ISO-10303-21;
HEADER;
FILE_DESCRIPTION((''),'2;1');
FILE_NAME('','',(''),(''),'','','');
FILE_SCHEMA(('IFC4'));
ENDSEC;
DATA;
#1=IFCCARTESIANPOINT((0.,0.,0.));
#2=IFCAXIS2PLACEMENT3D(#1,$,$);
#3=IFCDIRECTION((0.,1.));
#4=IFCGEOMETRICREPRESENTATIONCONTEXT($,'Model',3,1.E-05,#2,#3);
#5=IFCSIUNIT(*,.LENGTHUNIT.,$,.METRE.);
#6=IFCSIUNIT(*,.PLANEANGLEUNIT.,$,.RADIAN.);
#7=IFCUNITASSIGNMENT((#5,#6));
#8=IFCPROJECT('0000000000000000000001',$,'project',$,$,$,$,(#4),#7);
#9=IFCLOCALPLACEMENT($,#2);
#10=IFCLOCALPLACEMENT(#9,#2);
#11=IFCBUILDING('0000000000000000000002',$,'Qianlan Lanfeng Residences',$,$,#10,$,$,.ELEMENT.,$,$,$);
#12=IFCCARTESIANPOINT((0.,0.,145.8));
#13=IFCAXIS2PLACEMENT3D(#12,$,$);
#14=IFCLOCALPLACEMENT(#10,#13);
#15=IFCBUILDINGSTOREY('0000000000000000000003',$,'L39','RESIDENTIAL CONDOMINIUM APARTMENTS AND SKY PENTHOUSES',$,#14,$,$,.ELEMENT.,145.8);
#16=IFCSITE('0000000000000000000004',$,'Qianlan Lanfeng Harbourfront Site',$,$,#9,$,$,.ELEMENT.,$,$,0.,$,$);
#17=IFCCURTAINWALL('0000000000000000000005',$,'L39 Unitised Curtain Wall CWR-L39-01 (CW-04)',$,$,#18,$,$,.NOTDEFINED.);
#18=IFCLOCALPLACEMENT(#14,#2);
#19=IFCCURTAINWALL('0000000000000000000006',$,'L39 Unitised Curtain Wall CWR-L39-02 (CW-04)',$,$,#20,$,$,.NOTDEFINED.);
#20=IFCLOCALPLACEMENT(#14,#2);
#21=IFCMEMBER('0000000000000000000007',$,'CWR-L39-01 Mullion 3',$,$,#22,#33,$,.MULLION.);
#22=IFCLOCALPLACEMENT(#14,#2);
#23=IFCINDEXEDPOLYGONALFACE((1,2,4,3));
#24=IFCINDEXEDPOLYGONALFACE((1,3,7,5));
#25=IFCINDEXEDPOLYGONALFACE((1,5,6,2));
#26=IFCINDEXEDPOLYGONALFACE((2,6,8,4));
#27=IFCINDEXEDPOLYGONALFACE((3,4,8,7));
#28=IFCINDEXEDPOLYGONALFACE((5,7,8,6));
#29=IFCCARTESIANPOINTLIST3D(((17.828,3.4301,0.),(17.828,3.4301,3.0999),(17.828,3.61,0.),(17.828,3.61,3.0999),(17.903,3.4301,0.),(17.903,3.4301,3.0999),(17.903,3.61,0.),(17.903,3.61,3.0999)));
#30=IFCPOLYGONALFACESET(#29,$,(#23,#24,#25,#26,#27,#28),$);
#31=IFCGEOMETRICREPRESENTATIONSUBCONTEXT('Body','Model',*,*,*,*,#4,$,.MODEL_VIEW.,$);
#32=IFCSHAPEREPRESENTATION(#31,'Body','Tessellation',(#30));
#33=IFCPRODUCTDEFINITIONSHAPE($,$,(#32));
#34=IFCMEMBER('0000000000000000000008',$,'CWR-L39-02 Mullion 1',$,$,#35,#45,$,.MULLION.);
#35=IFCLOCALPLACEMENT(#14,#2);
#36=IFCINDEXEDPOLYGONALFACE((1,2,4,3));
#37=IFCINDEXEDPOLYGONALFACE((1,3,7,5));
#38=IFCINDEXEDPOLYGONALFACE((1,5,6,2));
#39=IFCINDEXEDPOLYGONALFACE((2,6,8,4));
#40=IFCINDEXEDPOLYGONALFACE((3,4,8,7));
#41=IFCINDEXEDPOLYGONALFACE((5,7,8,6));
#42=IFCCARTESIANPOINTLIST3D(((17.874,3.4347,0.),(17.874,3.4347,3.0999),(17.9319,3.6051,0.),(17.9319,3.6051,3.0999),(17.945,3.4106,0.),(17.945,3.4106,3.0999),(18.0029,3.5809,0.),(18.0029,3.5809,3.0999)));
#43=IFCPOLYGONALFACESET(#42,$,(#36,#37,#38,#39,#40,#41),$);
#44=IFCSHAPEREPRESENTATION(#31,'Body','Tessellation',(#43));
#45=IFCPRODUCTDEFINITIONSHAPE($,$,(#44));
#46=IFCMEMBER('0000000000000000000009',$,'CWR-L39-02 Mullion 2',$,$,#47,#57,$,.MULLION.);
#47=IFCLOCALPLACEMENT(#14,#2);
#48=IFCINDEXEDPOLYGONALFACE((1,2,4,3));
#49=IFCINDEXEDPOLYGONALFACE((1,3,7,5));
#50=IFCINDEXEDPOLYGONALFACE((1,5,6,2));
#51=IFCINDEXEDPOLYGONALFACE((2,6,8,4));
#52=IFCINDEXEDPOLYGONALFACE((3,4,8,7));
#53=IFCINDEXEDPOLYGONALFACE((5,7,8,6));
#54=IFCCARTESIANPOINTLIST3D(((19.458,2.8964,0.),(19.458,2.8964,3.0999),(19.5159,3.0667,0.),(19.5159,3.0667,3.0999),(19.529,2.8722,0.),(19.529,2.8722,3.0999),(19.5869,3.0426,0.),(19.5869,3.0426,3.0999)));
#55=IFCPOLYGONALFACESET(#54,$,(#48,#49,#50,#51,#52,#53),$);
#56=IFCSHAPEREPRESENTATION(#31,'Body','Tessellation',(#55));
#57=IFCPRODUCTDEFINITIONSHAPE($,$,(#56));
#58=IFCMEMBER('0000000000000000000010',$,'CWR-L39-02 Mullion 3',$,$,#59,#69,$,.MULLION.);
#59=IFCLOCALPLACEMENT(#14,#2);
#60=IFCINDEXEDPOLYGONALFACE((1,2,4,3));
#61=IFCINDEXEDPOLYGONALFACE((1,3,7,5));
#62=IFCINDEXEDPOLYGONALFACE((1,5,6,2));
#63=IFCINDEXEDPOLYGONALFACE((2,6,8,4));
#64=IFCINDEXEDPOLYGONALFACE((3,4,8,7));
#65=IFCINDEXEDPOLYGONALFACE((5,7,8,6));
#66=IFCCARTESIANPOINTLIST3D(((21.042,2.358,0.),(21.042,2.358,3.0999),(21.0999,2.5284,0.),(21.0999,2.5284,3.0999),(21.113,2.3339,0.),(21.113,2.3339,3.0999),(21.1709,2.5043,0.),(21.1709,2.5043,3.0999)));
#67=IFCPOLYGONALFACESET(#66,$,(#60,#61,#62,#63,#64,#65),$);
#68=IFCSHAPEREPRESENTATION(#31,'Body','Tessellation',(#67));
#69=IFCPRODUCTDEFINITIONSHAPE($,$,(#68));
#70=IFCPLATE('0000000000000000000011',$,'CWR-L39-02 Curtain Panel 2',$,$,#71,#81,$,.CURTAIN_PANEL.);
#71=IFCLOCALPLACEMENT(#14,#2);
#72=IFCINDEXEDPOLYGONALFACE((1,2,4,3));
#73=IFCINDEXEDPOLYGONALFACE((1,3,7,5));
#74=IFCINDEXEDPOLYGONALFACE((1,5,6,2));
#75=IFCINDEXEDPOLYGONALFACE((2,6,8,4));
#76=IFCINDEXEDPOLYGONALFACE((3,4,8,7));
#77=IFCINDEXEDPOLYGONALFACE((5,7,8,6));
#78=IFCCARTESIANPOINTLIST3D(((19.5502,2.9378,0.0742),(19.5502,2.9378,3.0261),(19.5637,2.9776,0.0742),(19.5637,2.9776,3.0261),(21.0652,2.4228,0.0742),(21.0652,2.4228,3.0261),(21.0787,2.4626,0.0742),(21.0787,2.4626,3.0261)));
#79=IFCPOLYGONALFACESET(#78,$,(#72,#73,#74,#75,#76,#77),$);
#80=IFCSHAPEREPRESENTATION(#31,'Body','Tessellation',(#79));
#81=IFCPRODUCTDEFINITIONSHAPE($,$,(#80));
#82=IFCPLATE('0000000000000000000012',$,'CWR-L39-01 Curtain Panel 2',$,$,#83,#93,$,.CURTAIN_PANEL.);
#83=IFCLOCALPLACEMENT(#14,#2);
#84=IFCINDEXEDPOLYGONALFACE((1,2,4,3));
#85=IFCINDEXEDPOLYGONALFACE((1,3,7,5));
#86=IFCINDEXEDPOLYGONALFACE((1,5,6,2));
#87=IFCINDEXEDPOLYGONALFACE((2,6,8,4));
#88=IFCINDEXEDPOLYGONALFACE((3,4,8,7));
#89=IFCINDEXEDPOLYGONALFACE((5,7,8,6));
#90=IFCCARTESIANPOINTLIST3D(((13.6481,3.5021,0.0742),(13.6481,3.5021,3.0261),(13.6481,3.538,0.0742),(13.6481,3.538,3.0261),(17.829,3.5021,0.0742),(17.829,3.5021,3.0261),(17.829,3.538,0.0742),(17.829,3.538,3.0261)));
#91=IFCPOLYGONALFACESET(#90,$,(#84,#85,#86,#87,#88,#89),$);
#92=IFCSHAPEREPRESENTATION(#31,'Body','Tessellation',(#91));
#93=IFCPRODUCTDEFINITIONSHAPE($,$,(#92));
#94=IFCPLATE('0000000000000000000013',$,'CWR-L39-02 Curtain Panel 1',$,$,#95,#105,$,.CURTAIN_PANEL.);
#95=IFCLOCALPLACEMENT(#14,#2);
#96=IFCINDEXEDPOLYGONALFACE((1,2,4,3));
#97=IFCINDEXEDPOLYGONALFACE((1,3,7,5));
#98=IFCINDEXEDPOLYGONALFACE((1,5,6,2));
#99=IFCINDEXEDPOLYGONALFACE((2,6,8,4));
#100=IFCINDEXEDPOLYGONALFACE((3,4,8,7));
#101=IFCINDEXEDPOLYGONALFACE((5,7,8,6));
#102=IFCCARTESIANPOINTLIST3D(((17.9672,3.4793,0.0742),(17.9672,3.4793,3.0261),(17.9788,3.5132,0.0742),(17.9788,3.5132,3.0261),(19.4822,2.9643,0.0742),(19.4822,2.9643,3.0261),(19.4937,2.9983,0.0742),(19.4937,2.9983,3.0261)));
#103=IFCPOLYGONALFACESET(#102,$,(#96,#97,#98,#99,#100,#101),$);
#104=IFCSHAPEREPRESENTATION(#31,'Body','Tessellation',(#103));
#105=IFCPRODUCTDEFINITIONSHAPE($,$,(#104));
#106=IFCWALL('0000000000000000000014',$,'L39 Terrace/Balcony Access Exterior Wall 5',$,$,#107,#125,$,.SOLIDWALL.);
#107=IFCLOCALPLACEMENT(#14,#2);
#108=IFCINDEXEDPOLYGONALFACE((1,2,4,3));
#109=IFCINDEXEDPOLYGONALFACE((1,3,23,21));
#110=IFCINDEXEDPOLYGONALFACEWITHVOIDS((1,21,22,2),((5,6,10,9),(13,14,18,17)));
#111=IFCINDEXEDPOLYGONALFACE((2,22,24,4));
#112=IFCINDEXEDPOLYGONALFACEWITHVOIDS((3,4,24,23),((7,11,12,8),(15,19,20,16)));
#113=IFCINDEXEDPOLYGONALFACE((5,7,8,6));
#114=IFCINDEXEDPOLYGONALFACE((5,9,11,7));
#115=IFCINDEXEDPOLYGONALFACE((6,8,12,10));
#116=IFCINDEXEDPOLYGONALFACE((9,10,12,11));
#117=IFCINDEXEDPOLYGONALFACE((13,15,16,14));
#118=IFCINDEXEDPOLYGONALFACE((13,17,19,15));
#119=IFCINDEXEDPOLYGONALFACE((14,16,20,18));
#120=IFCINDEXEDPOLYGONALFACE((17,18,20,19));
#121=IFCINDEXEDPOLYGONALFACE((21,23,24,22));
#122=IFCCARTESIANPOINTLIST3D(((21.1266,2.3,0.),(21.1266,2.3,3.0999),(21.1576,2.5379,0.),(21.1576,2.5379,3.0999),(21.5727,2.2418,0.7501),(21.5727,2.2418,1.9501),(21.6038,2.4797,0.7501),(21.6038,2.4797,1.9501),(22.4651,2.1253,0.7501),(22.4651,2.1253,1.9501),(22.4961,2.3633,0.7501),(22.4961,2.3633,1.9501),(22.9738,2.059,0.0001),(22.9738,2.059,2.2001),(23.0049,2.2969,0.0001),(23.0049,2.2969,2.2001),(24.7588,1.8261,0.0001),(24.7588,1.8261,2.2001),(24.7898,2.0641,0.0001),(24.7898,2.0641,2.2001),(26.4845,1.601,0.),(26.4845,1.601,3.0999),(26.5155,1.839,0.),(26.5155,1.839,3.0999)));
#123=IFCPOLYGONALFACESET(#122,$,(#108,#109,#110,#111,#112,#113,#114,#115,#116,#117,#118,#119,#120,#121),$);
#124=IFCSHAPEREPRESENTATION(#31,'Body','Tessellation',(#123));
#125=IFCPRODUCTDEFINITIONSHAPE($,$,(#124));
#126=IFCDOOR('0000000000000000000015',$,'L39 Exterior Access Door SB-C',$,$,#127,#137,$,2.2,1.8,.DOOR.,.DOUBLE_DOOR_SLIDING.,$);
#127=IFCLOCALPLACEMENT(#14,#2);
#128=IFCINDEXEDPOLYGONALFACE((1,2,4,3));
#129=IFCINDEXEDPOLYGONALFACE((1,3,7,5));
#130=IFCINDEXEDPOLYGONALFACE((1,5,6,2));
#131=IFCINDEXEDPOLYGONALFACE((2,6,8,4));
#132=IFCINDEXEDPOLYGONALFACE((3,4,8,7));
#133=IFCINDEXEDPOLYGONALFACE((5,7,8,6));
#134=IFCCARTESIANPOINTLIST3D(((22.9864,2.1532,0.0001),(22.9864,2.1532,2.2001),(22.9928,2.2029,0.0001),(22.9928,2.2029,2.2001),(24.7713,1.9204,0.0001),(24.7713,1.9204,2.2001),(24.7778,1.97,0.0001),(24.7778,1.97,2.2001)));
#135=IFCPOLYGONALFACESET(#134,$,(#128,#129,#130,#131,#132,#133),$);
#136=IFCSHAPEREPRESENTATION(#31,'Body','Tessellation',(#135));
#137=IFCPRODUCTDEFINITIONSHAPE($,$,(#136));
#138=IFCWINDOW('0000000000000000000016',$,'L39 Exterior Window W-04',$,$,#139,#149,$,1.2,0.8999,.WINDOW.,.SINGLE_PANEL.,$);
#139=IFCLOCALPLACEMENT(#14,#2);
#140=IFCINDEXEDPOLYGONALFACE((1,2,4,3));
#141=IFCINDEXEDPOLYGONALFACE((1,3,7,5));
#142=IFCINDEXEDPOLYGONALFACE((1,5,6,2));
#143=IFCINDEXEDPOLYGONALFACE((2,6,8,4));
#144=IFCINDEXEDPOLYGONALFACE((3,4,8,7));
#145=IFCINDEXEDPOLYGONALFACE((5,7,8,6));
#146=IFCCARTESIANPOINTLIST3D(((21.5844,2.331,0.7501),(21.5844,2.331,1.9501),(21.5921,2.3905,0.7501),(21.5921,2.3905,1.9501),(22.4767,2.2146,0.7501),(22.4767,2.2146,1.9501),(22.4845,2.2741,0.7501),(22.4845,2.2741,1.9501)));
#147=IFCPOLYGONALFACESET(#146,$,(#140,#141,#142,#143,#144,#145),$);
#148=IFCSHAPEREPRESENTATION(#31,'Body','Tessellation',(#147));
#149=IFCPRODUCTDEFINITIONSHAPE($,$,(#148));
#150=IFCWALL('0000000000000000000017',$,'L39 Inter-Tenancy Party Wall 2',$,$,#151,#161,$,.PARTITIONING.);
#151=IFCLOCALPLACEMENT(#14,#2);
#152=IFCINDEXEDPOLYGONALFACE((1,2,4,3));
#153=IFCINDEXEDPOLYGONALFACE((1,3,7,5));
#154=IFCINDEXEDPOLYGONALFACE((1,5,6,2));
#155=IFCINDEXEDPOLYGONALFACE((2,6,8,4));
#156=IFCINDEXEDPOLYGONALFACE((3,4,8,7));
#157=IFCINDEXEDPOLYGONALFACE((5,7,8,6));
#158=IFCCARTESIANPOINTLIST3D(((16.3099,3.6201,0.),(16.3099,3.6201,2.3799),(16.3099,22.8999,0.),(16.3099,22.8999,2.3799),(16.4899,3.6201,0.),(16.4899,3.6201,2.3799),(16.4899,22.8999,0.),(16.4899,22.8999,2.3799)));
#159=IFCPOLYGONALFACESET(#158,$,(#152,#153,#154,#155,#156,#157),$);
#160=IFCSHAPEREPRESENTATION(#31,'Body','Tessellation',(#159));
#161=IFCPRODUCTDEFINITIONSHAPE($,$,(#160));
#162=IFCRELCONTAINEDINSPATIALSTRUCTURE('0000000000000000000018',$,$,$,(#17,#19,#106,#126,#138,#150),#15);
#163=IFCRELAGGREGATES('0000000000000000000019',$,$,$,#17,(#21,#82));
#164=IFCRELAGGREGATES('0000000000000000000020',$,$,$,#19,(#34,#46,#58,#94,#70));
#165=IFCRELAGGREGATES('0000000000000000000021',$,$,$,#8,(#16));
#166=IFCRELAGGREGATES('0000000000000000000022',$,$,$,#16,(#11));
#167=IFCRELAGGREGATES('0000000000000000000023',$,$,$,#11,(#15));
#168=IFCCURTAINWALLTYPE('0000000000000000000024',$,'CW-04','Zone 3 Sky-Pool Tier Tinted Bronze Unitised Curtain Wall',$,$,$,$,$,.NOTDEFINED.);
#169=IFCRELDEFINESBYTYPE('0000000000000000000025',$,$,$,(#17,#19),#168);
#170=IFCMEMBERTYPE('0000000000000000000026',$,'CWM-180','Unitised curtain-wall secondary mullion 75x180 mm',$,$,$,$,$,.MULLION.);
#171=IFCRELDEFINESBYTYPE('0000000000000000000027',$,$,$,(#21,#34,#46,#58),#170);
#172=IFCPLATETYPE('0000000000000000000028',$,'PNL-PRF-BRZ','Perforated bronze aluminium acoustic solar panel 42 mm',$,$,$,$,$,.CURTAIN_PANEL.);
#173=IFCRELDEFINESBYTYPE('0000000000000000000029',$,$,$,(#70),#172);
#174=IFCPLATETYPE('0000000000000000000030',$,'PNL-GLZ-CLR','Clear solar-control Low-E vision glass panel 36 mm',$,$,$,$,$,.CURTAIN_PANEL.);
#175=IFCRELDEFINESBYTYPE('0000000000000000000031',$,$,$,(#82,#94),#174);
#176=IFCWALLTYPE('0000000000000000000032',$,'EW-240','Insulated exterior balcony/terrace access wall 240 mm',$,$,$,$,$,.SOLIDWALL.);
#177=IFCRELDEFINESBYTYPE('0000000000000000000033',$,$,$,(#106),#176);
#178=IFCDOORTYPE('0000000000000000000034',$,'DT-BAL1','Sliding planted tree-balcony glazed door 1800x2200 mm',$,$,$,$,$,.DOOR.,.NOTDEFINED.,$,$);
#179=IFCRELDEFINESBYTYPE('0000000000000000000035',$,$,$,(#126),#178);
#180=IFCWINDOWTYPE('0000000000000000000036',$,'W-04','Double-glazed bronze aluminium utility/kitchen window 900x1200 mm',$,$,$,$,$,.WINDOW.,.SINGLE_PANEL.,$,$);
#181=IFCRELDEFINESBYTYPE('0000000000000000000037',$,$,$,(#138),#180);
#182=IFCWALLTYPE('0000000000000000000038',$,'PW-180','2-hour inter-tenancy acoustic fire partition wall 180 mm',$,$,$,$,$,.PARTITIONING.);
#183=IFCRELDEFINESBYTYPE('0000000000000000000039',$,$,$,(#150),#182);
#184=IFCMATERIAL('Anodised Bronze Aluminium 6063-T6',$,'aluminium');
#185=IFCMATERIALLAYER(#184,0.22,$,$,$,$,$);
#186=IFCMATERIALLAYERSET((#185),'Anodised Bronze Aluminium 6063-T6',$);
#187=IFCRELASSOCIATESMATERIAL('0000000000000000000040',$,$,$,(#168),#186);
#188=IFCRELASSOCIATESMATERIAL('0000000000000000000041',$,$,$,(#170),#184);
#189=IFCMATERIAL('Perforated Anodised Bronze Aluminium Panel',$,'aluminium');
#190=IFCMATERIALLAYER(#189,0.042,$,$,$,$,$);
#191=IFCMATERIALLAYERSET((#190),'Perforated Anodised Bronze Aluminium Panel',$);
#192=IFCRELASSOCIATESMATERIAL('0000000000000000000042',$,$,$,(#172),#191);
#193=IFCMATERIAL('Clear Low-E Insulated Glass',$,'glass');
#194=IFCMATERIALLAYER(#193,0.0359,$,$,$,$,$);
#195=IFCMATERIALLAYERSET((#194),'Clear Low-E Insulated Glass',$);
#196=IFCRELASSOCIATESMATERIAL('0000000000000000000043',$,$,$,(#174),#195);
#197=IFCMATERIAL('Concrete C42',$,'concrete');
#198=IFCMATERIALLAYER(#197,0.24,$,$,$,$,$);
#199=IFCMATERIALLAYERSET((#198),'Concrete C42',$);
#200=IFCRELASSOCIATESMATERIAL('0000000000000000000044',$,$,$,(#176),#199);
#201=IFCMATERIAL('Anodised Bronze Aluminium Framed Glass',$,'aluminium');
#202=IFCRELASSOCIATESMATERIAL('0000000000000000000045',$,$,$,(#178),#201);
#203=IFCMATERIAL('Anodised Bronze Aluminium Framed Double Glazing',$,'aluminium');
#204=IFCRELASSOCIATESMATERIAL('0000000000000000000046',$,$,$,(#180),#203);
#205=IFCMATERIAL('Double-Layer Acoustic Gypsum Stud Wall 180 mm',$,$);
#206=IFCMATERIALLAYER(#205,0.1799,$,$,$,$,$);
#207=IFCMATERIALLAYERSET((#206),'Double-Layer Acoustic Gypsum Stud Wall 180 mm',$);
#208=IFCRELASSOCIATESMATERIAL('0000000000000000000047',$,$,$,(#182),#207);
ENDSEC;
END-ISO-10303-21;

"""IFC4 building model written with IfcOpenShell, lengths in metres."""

from ifc_helpers import new_model, si_unit, direction, frame, frame_2d, origin, origin_2d, place, context, subcontext, project, spatial, rectangle, extrude, source, transform, mapped, material, layer, layer_set, material_profile, profile_set, type_object, element, fill, aggregate, save


model = new_model("IFC4")

# Units and contexts
model_context = context("Model", 3, precision=1e-05, world=origin(), true_north=direction((0.0, 1.0)))
body_context = subcontext(model_context, "Body", "Model", "MODEL_VIEW")
ifc_project = project(units=[si_unit("LENGTHUNIT", "METRE"), si_unit("PLANEANGLEUNIT", "RADIAN")], contexts=[model_context])

# Site, building, storey
site_placement = place(None, origin())
site = spatial("IfcSite", under=ifc_project, at=site_placement, Name="Qianlan Lanfeng Harbourfront Site", CompositionType="ELEMENT", RefElevation=0.0)
building_placement = place(site_placement, origin())
building = spatial("IfcBuilding", under=site, at=building_placement, Name="Qianlan Lanfeng Residences", CompositionType="ELEMENT")
storey_placement = place(building_placement, frame((0.0, 0.0, 145.8)))
storey = spatial("IfcBuildingStorey", under=building, at=storey_placement, Name="L39", Description="RESIDENTIAL CONDOMINIUM APARTMENTS AND SKY PENTHOUSES", CompositionType="ELEMENT", Elevation=145.8)

# Curtain wall
ifc_material_1 = material(Name="Anodised Bronze Aluminium 6063-T6", Category="aluminium")
ifc_layer_1 = layer(ifc_material_1, 0.22)
ifc_layer_set_1 = layer_set([ifc_layer_1], Name="Anodised Bronze Aluminium 6063-T6")
curtain_wall_type = type_object("IfcCurtainWallType", Name="CW-04", Description="Zone 3 Sky-Pool Tier Tinted Bronze Unitised Curtain Wall", PredefinedType="NOTDEFINED", material=ifc_layer_set_1)
curtain_wall_1_placement = place(storey_placement, origin())
curtain_wall_1 = element("IfcCurtainWall", 1, at=curtain_wall_1_placement, inside=storey, type_object=curtain_wall_type, Name="L39 Unitised Curtain Wall CWR-L39-01 (CW-04)", PredefinedType="NOTDEFINED")

# Curtain wall
curtain_wall_2_placement = place(storey_placement, origin())
curtain_wall_2 = element("IfcCurtainWall", 2, at=curtain_wall_2_placement, inside=storey, type_object=curtain_wall_type, Name="L39 Unitised Curtain Wall CWR-L39-02 (CW-04)", PredefinedType="NOTDEFINED")

# Members
ifc_material_profile_1 = material_profile(ifc_material_1, rectangle(XDim=0.075, YDim=0.1799, at=origin_2d()), Name="ALU MULLION 75x180")
ifc_profile_set_1 = profile_set([ifc_material_profile_1], Name="Anodised Bronze Aluminium 6063-T6")
member_type_1 = type_object("IfcMemberType", Name="CWM-180", Description="Unitised curtain-wall secondary mullion 75x180 mm", PredefinedType="MULLION", material=ifc_profile_set_1)
shared_shape_1 = source(origin(), body_context, "Body", "SweptSolid", [
    extrude(rectangle(XDim=0.075, YDim=0.1799, at=origin_2d()), origin(), (0.0, 0.0, 1.0), 3.0999),
])
member_1_placement = place(storey_placement, frame((17.8655, 3.52, 0.0), z_axis=(0.0, 0.0, 1.0), x_axis=(1.0, 0.0, 0.0)))
member_1 = element("IfcMember", 3, at=member_1_placement, type_object=member_type_1, Name="CWR-L39-01 Mullion 3", PredefinedType="MULLION", context=body_context, shape_type="MappedRepresentation", body=[
    mapped(shared_shape_1, transform((0.0, 0.0, 0.0), scale=1.0)),
])
member_2_placement = place(storey_placement, frame((17.9385, 3.5078, 0.0), z_axis=(0.0, 0.0, 1.0), x_axis=(0.946796, -0.321834, 0.0)))
member_2 = element("IfcMember", 4, at=member_2_placement, type_object=member_type_1, Name="CWR-L39-02 Mullion 1", PredefinedType="MULLION", context=body_context, shape_type="MappedRepresentation", body=[
    mapped(shared_shape_1, transform((0.0, 0.0, 0.0), scale=1.0)),
])
member_3_placement = place(storey_placement, frame((19.5225, 2.9695, 0.0), z_axis=(0.0, 0.0, 1.0), x_axis=(0.946796, -0.321834, 0.0)))
member_3 = element("IfcMember", 5, at=member_3_placement, type_object=member_type_1, Name="CWR-L39-02 Mullion 2", PredefinedType="MULLION", context=body_context, shape_type="MappedRepresentation", body=[
    mapped(shared_shape_1, transform((0.0, 0.0, 0.0), scale=1.0)),
])
member_4_placement = place(storey_placement, frame((21.1064, 2.4312, 0.0), z_axis=(0.0, 0.0, 1.0), x_axis=(0.946796, -0.321834, 0.0)))
member_4 = element("IfcMember", 6, at=member_4_placement, type_object=member_type_1, Name="CWR-L39-02 Mullion 3", PredefinedType="MULLION", context=body_context, shape_type="MappedRepresentation", body=[
    mapped(shared_shape_1, transform((0.0, 0.0, 0.0), scale=1.0)),
])

# Plates
ifc_material_2 = material(Name="Perforated Anodised Bronze Aluminium Panel", Category="aluminium")
ifc_layer_2 = layer(ifc_material_2, 0.042)
ifc_layer_set_2 = layer_set([ifc_layer_2], Name="Perforated Anodised Bronze Aluminium Panel")
plate_type_1 = type_object("IfcPlateType", Name="PNL-PRF-BRZ", Description="Perforated bronze aluminium acoustic solar panel 42 mm", PredefinedType="CURTAIN_PANEL", material=ifc_layer_set_2)
shared_shape_2 = source(origin(), body_context, "Body", "SweptSolid", [
    extrude(rectangle(XDim=1.6001, YDim=0.042, at=origin_2d()), origin(), (0.0, 0.0, 1.0), 2.9519),
])
plate_1_placement = place(storey_placement, frame((20.3145, 2.7002, 0.0742), z_axis=(0.0, 0.0, 1.0), x_axis=(0.946796, -0.321834, 0.0)))
plate_1 = element("IfcPlate", 7, at=plate_1_placement, type_object=plate_type_1, Name="CWR-L39-02 Curtain Panel 2", PredefinedType="CURTAIN_PANEL", context=body_context, shape_type="MappedRepresentation", body=[
    mapped(shared_shape_2, transform((0.0, 0.0, 0.0), scale=1.0)),
])
ifc_material_3 = material(Name="Clear Low-E Insulated Glass", Category="glass")
ifc_layer_3 = layer(ifc_material_3, 0.0359)
ifc_layer_set_3 = layer_set([ifc_layer_3], Name="Clear Low-E Insulated Glass")
plate_type_2 = type_object("IfcPlateType", Name="PNL-GLZ-CLR", Description="Clear solar-control Low-E vision glass panel 36 mm", PredefinedType="CURTAIN_PANEL", material=ifc_layer_set_3)
shared_shape_3 = source(origin(), body_context, "Body", "SweptSolid", [
    extrude(rectangle(XDim=4.1809, YDim=0.0359, at=origin_2d()), origin(), (0.0, 0.0, 1.0), 2.9519),
])
plate_2_placement = place(storey_placement, frame((15.7385, 3.52, 0.0742), z_axis=(0.0, 0.0, 1.0), x_axis=(1.0, 0.0, 0.0)))
plate_2 = element("IfcPlate", 8, at=plate_2_placement, type_object=plate_type_2, Name="CWR-L39-01 Curtain Panel 2", PredefinedType="CURTAIN_PANEL", context=body_context, shape_type="MappedRepresentation", body=[
    mapped(shared_shape_3, transform((0.0, 0.0, 0.0), scale=1.0)),
])
aggregate(curtain_wall_1, [member_1, plate_2])
shared_shape_4 = source(origin(), body_context, "Body", "SweptSolid", [
    extrude(rectangle(XDim=1.6001, YDim=0.0359, at=origin_2d()), origin(), (0.0, 0.0, 1.0), 2.9519),
])
plate_3_placement = place(storey_placement, frame((18.7305, 3.2388, 0.0742), z_axis=(0.0, 0.0, 1.0), x_axis=(0.946796, -0.321834, 0.0)))
plate_3 = element("IfcPlate", 9, at=plate_3_placement, type_object=plate_type_2, Name="CWR-L39-02 Curtain Panel 1", PredefinedType="CURTAIN_PANEL", context=body_context, shape_type="MappedRepresentation", body=[
    mapped(shared_shape_4, transform((0.0, 0.0, 0.0), scale=1.0)),
])
aggregate(curtain_wall_2, [member_2, member_3, member_4, plate_3, plate_1])

# Wall, openings, door, window
ifc_material_4 = material(Name="Concrete C42", Category="concrete")
ifc_layer_4 = layer(ifc_material_4, 0.24)
ifc_layer_set_4 = layer_set([ifc_layer_4], Name="Concrete C42")
wall_type_1 = type_object("IfcWallType", Name="EW-240", Description="Insulated exterior balcony/terrace access wall 240 mm", PredefinedType="SOLIDWALL", material=ifc_layer_set_4)
wall_1_placement = place(storey_placement, frame((21.1421, 2.4189, 0.0), z_axis=(0.0, 0.0, 1.0), x_axis=(0.991598, -0.12936, 0.0)))
wall_1 = element("IfcWall", 10, at=wall_1_placement, inside=storey, type_object=wall_type_1, Name="L39 Terrace/Balcony Access Exterior Wall 5", PredefinedType="SOLIDWALL", context=body_context, shape_type="SweptSolid", body=[
    extrude(rectangle(XDim=5.4033, YDim=0.24, at=frame_2d((2.7017, 0.0))), origin(), (0.0, 0.0, 1.0), 3.0999),
])
opening_1_placement = place(wall_1_placement, frame((1.863, 0.0, 0.0)))
opening_1 = element("IfcOpeningElement", 11, at=opening_1_placement, cuts=wall_1, PredefinedType="OPENING", context=body_context, shape_type="SweptSolid", body=[
    extrude(rectangle(XDim=1.8, YDim=2.2, at=frame_2d((0.8999, 1.1001))), frame((0.0, 0.1299, 0.0), z_axis=(0.0, -1.0, 0.0), x_axis=(1.0, 0.0, 0.0)), (0.0, 0.0, 1.0), 0.26),
])
opening_2_placement = place(wall_1_placement, frame((0.45, 0.0, 0.75)))
opening_2 = element("IfcOpeningElement", 12, at=opening_2_placement, cuts=wall_1, PredefinedType="OPENING", context=body_context, shape_type="SweptSolid", body=[
    extrude(rectangle(XDim=0.8999, YDim=1.2, at=frame_2d((0.45, 0.6001))), frame((0.0, 0.1299, 0.0), z_axis=(0.0, -1.0, 0.0), x_axis=(1.0, 0.0, 0.0)), (0.0, 0.0, 1.0), 0.26),
])
ifc_material_5 = material(Name="Anodised Bronze Aluminium Framed Glass", Category="aluminium")
door_type = type_object("IfcDoorType", Name="DT-BAL1", Description="Sliding planted tree-balcony glazed door 1800x2200 mm", OperationType="NOTDEFINED", PredefinedType="DOOR", material=ifc_material_5)
door_placement = place(opening_1_placement, frame((1.8, 0.0, 0.0), z_axis=(0.0, 0.0, 1.0), x_axis=(-1.0, 0.0, 0.0)))
door = element("IfcDoor", 13, at=door_placement, inside=storey, type_object=door_type, Name="L39 Exterior Access Door SB-C", OperationType="DOUBLE_DOOR_SLIDING", OverallHeight=2.2, OverallWidth=1.8, PredefinedType="DOOR", context=body_context, shape_type="SweptSolid", body=[
    extrude(rectangle(XDim=1.8, YDim=2.2, at=frame_2d((0.8999, 1.1001))), frame((0.0, 0.0249, 0.0), z_axis=(0.0, -1.0, 0.0), x_axis=(1.0, 0.0, 0.0)), (0.0, 0.0, 1.0), 0.05),
])
fill(opening_1, door)
ifc_material_6 = material(Name="Anodised Bronze Aluminium Framed Double Glazing", Category="aluminium")
window_type = type_object("IfcWindowType", Name="W-04", Description="Double-glazed bronze aluminium utility/kitchen window 900x1200 mm", PartitioningType="SINGLE_PANEL", PredefinedType="WINDOW", material=ifc_material_6)
window_placement = place(opening_2_placement, origin())
window = element("IfcWindow", 14, at=window_placement, inside=storey, type_object=window_type, Name="L39 Exterior Window W-04", OverallHeight=1.2, OverallWidth=0.8999, PartitioningType="SINGLE_PANEL", PredefinedType="WINDOW", context=body_context, shape_type="SweptSolid", body=[
    extrude(rectangle(XDim=0.8999, YDim=1.2, at=frame_2d((0.45, 0.6001))), frame((0.0, 0.03, 0.0), z_axis=(0.0, -1.0, 0.0), x_axis=(1.0, 0.0, 0.0)), (0.0, 0.0, 1.0), 0.0601),
])
fill(opening_2, window)

# Wall
ifc_material_7 = material(Name="Double-Layer Acoustic Gypsum Stud Wall 180 mm")
ifc_layer_5 = layer(ifc_material_7, 0.1799)
ifc_layer_set_5 = layer_set([ifc_layer_5], Name="Double-Layer Acoustic Gypsum Stud Wall 180 mm")
wall_type_2 = type_object("IfcWallType", Name="PW-180", Description="2-hour inter-tenancy acoustic fire partition wall 180 mm", PredefinedType="PARTITIONING", material=ifc_layer_set_5)
wall_2_placement = place(storey_placement, frame((16.3999, 3.6201, 0.0), z_axis=(0.0, 0.0, 1.0), x_axis=(0.0, 1.0, 0.0)))
element("IfcWall", 15, at=wall_2_placement, inside=storey, type_object=wall_type_2, Name="L39 Inter-Tenancy Party Wall 2", PredefinedType="PARTITIONING", context=body_context, shape_type="SweptSolid", body=[
    extrude(rectangle(XDim=19.2798, YDim=0.1799, at=frame_2d((9.6399, 0.0))), origin(), (0.0, 0.0, 1.0), 2.3799),
])

save(model, "model.ifc")
